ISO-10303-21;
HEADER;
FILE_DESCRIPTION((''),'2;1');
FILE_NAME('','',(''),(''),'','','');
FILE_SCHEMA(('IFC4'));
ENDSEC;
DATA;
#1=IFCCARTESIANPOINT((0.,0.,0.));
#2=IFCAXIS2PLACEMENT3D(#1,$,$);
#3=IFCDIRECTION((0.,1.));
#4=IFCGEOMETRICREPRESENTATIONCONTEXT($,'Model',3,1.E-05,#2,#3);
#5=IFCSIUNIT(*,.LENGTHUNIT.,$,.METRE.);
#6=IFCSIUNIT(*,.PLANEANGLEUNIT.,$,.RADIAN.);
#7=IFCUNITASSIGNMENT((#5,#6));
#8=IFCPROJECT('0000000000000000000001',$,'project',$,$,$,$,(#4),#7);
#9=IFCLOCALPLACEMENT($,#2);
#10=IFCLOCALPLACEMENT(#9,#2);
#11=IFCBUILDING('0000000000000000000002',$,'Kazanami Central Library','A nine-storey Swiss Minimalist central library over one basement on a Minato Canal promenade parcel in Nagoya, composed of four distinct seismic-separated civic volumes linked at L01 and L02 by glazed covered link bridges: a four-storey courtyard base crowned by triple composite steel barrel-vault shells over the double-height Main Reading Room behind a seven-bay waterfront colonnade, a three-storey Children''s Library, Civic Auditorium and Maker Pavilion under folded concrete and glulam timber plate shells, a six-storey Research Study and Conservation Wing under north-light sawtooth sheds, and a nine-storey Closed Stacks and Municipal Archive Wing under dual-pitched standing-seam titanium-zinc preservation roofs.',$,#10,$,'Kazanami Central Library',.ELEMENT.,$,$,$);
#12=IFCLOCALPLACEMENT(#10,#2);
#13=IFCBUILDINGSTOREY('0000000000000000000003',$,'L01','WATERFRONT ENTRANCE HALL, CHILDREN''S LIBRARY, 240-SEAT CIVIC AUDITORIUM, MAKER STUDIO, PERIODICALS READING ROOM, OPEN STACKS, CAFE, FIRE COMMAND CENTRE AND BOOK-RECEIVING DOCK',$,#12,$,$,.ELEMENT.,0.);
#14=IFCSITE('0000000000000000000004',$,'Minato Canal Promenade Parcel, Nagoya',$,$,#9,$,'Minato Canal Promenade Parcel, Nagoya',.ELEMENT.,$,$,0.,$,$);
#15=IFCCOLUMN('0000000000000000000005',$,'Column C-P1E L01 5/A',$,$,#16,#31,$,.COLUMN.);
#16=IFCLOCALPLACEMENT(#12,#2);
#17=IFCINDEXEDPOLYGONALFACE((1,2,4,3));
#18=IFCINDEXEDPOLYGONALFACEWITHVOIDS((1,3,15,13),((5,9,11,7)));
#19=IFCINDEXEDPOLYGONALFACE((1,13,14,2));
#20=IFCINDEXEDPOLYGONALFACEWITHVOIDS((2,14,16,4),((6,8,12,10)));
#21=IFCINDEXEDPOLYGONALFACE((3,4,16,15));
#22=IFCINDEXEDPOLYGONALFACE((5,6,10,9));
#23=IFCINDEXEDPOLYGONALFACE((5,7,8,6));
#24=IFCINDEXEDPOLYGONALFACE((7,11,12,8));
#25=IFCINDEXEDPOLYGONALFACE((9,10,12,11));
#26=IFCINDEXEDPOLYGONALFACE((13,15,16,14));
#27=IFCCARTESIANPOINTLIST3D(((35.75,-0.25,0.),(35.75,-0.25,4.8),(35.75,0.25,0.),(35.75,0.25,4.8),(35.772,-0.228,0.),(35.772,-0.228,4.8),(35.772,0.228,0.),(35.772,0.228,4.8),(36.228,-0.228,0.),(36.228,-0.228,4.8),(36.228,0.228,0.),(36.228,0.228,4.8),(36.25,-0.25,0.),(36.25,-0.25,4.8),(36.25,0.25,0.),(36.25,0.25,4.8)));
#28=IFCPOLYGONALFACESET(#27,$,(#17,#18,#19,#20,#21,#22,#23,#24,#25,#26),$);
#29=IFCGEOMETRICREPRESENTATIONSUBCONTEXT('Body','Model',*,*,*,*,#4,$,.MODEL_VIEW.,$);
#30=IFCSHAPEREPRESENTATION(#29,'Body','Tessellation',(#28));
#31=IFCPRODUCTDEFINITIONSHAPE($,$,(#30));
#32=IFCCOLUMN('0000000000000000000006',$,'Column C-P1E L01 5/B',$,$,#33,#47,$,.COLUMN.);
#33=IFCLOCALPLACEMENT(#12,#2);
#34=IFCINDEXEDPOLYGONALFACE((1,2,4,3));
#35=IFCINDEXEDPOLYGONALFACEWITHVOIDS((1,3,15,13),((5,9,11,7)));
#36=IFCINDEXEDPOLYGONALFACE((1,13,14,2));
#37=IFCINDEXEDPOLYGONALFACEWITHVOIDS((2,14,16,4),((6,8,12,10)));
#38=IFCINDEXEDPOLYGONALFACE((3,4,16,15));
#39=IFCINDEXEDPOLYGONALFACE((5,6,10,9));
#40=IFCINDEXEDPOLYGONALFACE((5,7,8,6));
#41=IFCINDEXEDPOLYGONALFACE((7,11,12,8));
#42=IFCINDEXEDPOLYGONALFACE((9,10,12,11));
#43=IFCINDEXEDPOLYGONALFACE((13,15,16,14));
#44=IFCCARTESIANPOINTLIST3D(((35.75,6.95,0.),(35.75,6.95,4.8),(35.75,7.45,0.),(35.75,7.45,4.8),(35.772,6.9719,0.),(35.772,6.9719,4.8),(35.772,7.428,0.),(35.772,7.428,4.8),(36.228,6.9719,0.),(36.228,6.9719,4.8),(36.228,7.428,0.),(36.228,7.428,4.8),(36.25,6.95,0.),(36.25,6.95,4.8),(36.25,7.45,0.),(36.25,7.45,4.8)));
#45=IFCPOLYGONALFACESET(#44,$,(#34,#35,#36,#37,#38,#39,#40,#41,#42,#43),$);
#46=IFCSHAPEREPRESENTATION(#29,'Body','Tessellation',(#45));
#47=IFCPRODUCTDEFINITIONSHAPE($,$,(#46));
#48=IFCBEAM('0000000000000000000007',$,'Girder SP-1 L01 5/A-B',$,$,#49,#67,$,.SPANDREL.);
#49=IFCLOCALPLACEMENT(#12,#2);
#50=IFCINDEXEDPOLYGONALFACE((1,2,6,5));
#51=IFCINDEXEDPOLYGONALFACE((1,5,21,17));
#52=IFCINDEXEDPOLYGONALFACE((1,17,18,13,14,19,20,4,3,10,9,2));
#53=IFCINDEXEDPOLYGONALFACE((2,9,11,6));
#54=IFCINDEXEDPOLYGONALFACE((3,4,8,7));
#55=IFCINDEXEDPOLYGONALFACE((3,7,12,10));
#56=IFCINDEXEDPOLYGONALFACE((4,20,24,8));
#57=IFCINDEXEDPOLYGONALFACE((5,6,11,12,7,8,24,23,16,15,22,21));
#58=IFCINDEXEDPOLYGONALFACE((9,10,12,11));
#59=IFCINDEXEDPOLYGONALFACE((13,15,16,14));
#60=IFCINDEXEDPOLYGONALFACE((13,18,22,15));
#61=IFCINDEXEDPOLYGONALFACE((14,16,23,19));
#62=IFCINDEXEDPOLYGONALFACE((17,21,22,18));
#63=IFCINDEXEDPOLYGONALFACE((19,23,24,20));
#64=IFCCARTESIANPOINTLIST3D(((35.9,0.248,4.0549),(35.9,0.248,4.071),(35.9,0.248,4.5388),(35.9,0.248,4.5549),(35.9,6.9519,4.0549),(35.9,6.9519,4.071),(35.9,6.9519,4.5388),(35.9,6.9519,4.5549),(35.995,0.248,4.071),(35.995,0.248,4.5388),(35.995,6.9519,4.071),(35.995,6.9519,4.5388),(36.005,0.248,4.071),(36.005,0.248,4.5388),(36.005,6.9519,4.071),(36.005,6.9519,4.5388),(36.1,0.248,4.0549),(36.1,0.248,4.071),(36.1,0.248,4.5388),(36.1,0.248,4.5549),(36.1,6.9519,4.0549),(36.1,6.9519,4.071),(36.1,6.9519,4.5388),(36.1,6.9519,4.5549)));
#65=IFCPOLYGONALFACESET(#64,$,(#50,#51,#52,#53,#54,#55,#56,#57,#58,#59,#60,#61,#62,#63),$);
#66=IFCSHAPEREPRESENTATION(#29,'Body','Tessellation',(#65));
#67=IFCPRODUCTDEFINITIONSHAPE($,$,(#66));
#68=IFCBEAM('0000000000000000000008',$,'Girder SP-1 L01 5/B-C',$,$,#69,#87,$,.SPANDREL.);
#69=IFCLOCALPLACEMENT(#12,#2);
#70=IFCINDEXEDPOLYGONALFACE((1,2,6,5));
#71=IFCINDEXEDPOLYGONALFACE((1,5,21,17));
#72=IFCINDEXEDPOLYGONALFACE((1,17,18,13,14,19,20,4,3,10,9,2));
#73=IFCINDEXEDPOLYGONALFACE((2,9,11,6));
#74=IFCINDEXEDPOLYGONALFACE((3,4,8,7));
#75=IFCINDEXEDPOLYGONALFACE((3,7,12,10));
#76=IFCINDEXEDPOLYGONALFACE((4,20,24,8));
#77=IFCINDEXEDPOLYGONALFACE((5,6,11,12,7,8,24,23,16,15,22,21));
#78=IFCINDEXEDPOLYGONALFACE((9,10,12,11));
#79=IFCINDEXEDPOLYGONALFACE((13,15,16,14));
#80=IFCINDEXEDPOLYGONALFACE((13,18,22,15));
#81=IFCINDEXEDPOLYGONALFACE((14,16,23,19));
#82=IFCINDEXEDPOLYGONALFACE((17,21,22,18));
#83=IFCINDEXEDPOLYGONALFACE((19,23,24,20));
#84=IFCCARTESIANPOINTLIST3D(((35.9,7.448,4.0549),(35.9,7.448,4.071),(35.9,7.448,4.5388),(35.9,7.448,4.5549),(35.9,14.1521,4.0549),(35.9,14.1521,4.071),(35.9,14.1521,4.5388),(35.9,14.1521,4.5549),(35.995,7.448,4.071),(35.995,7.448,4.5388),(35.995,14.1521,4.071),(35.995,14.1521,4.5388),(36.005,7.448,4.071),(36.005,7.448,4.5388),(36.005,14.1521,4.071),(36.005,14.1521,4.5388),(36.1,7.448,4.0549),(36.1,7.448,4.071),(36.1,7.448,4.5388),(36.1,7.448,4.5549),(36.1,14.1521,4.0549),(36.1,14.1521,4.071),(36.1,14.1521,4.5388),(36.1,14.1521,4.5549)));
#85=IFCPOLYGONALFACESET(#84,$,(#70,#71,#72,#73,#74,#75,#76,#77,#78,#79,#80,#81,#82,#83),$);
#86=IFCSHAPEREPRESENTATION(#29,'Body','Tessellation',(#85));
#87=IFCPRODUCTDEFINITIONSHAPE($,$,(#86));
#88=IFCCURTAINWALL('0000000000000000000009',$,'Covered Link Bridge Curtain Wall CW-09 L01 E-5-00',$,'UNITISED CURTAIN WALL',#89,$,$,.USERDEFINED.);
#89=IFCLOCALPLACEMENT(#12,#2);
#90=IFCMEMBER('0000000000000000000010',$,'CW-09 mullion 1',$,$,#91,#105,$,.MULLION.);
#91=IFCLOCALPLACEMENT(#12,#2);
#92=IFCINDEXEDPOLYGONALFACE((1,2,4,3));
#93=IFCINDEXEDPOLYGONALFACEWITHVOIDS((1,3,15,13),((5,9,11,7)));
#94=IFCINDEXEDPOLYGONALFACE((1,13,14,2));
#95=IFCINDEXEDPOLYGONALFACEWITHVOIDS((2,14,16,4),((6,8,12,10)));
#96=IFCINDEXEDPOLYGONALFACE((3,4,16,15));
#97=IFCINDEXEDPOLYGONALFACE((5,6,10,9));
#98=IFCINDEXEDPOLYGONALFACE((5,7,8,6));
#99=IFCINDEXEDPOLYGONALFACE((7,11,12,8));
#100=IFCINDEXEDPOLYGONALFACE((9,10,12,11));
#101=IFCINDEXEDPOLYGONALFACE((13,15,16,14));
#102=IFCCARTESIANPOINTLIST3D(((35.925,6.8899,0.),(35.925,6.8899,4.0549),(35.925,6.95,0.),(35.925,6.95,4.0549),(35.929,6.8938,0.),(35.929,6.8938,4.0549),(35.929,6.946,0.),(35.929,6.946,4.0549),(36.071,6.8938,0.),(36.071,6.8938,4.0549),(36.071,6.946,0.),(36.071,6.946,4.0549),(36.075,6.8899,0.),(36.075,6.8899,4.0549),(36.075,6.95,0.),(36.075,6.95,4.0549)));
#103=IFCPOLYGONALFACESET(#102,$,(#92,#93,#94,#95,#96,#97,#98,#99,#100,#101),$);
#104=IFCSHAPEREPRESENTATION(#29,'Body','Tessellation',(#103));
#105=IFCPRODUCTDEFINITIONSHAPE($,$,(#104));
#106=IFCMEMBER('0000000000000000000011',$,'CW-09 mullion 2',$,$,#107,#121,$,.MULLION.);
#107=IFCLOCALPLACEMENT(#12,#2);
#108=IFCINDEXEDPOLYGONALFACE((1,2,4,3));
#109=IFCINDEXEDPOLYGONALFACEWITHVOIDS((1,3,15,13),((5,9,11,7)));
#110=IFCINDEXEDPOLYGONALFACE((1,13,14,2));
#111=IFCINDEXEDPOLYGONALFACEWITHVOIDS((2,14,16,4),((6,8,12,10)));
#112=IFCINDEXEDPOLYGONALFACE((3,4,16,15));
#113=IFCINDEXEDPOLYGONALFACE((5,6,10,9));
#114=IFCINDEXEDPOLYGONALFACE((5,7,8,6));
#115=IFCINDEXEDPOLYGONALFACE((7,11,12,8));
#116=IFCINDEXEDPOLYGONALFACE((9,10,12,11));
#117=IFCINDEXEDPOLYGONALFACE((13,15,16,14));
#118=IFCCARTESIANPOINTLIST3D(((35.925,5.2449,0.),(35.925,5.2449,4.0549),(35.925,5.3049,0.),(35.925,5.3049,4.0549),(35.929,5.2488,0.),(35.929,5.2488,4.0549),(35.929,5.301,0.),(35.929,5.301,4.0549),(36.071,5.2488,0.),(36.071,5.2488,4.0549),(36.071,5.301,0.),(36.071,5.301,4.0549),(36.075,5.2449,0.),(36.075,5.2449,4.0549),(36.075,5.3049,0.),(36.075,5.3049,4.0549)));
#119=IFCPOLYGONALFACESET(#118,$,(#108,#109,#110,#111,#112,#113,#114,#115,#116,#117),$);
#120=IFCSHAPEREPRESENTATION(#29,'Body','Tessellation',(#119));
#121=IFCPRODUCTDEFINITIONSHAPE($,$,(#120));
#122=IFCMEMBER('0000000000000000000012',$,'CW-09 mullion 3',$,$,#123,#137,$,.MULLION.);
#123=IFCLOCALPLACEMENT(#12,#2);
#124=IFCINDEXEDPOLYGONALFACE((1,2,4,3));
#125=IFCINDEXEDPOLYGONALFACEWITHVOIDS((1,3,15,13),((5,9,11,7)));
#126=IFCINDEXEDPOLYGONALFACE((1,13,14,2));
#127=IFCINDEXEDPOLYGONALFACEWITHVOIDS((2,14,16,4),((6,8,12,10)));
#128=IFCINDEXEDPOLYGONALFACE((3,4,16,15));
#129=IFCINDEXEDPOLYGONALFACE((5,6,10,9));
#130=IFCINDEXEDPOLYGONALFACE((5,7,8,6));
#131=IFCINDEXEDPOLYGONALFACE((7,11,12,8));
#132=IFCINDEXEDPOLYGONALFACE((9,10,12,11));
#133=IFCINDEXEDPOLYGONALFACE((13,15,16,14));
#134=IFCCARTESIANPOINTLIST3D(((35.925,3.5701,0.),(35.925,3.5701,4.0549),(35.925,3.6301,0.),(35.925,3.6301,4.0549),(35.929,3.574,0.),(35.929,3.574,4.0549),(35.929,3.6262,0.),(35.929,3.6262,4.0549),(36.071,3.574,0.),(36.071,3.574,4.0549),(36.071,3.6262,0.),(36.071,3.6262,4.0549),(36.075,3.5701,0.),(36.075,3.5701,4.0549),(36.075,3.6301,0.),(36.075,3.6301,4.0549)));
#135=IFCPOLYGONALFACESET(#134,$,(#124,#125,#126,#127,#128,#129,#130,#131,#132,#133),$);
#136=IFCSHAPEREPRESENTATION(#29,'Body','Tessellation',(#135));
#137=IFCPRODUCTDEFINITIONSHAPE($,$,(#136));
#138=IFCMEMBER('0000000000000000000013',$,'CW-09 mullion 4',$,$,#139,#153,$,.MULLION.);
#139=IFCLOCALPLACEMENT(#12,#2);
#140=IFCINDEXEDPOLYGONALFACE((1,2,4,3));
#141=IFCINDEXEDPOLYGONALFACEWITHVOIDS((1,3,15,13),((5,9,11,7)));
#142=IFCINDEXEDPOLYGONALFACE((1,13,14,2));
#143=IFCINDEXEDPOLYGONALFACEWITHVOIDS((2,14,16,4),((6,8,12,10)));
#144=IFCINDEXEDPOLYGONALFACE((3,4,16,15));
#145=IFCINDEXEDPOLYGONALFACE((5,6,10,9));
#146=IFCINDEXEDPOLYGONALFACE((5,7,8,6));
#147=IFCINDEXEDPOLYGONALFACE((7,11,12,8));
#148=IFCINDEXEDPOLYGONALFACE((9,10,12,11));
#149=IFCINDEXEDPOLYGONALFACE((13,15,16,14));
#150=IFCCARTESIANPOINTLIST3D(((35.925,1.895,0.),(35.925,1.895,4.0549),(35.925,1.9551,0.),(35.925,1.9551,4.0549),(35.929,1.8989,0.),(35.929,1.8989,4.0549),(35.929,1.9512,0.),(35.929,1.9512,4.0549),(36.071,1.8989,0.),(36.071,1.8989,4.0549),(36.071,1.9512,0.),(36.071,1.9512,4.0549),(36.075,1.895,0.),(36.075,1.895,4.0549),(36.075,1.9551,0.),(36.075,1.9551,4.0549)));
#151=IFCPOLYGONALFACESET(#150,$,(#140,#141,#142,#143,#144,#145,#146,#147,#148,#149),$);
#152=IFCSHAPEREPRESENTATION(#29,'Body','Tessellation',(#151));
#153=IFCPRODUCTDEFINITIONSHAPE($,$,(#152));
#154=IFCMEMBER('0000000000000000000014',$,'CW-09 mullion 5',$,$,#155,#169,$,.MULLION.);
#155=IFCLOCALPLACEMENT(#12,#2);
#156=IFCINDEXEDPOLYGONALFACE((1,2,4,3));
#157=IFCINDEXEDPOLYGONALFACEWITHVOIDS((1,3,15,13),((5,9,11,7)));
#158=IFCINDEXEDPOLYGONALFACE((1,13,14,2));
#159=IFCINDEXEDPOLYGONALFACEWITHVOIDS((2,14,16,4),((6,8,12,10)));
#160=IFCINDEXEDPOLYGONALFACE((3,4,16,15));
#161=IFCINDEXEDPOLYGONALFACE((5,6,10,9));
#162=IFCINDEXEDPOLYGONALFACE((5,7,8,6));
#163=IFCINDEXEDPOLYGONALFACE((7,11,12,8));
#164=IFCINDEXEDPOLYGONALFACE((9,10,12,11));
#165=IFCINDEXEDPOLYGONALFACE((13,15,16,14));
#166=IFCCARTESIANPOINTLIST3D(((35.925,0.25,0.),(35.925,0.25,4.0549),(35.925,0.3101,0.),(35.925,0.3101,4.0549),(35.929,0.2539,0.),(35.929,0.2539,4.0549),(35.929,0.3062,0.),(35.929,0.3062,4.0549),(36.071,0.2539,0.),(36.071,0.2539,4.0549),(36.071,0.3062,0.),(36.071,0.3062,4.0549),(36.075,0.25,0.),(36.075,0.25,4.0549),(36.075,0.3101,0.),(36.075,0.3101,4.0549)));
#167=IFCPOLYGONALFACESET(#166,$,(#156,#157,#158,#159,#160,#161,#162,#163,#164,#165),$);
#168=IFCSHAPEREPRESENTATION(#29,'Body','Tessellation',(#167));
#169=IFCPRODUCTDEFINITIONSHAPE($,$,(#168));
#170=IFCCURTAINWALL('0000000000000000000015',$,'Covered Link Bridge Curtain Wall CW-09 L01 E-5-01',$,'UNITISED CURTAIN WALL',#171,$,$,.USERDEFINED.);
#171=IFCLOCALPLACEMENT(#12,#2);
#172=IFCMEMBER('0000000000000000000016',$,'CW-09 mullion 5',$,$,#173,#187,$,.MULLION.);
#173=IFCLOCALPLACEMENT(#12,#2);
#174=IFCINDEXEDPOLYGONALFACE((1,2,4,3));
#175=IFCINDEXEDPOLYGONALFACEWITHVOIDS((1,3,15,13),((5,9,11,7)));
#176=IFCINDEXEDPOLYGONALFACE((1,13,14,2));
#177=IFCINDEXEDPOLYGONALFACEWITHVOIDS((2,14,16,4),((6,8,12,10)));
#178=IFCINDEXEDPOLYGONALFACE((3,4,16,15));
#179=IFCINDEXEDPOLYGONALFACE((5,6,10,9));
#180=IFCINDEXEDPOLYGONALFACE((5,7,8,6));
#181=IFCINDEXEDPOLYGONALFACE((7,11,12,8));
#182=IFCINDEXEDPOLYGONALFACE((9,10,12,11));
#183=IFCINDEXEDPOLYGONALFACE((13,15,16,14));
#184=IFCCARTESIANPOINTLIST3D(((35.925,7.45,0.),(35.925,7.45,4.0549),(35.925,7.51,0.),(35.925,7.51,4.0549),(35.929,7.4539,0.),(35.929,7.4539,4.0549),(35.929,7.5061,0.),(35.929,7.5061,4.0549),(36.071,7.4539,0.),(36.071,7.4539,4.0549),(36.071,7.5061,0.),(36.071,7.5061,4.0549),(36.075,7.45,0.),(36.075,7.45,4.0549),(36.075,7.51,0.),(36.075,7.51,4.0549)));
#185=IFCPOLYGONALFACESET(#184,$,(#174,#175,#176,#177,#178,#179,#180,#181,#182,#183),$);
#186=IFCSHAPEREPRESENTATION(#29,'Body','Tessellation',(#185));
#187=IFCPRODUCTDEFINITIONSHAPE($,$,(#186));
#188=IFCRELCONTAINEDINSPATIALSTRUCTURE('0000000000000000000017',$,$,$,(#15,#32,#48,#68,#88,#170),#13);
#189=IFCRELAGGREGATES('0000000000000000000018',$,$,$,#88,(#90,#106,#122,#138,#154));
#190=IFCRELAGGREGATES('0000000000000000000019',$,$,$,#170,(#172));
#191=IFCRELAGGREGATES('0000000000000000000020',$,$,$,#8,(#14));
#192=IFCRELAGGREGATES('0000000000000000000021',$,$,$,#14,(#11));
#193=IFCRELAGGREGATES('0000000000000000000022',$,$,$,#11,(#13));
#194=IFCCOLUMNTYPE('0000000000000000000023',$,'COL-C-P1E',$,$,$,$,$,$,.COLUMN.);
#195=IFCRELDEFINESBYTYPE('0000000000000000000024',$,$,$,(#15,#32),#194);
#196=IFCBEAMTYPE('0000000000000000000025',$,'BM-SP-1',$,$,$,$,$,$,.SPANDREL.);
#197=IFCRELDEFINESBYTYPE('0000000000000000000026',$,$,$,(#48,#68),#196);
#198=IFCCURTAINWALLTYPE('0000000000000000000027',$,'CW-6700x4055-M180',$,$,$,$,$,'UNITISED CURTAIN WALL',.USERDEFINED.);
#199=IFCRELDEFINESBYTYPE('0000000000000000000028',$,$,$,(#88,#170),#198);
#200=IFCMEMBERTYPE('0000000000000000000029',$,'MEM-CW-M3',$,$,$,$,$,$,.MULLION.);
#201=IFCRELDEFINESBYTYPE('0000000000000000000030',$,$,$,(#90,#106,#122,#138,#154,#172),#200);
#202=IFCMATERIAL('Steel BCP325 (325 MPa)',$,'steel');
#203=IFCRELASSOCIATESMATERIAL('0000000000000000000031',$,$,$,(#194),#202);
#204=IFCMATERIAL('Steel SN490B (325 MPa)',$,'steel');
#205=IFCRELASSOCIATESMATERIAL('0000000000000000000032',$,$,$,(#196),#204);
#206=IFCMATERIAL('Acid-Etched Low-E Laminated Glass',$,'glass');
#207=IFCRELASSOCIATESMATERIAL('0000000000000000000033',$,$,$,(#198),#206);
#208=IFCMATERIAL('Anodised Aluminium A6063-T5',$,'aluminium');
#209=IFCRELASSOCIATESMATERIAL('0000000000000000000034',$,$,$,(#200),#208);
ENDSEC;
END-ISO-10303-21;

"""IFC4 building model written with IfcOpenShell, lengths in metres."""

from ifc_helpers import new_model, si_unit, direction, frame, origin, origin_2d, place, context, subcontext, project, spatial, hollow_rectangle, i_section, extrude, material, material_profile, profile_set, type_object, element, aggregate, save


model = new_model("IFC4")

# Units and contexts
model_context = context("Model", 3, precision=1e-05, world=origin(), true_north=direction((0.0, 1.0)))
body_context = subcontext(model_context, "Body", "Model", "MODEL_VIEW")
ifc_project = project(units=[si_unit("LENGTHUNIT", "METRE"), si_unit("PLANEANGLEUNIT", "RADIAN")], contexts=[model_context])

# Site, building, storey
site_placement = place(None, origin())
site = spatial("IfcSite", under=ifc_project, at=site_placement, Name="Minato Canal Promenade Parcel, Nagoya", LongName="Minato Canal Promenade Parcel, Nagoya", CompositionType="ELEMENT", RefElevation=0.0)
building_placement = place(site_placement, origin())
building = spatial("IfcBuilding", under=site, at=building_placement, Name="Kazanami Central Library", Description="A nine-storey Swiss Minimalist central library over one basement on a Minato Canal promenade parcel in Nagoya, composed of four distinct seismic-separated civic volumes linked at L01 and L02 by glazed covered link bridges: a four-storey courtyard base crowned by triple composite steel barrel-vault shells over the double-height Main Reading Room behind a seven-bay waterfront colonnade, a three-storey Children's Library, Civic Auditorium and Maker Pavilion under folded concrete and glulam timber plate shells, a six-storey Research Study and Conservation Wing under north-light sawtooth sheds, and a nine-storey Closed Stacks and Municipal Archive Wing under dual-pitched standing-seam titanium-zinc preservation roofs.", LongName="Kazanami Central Library", CompositionType="ELEMENT")
storey_placement = place(building_placement, origin())
storey = spatial("IfcBuildingStorey", under=building, at=storey_placement, Name="L01", Description="WATERFRONT ENTRANCE HALL, CHILDREN'S LIBRARY, 240-SEAT CIVIC AUDITORIUM, MAKER STUDIO, PERIODICALS READING ROOM, OPEN STACKS, CAFE, FIRE COMMAND CENTRE AND BOOK-RECEIVING DOCK", CompositionType="ELEMENT", Elevation=0.0)

# Columns
ifc_material_1 = material(Name="Steel BCP325 (325 MPa)", Category="steel")
ifc_material_profile_1 = material_profile(ifc_material_1, hollow_rectangle(XDim=0.5, YDim=0.5, WallThickness=0.022, at=origin_2d()), Name="BCP-500x500x22")
ifc_profile_set_1 = profile_set([ifc_material_profile_1], Name="Steel BCP325 (325 MPa)")
column_type = type_object("IfcColumnType", Name="COL-C-P1E", PredefinedType="COLUMN", material=ifc_profile_set_1)
for number, where, z_axis, x_axis, name in (
    (1, (36.0, 0.0, 0.0), (0.0, 0.0, 1.0), (1.0, 0.0, 0.0), "Column C-P1E L01 5/A"),
    (2, (36.0, 7.2, 0.0), (0.0, 0.0, 1.0), (1.0, 0.0, 0.0), "Column C-P1E L01 5/B"),
):
    element("IfcColumn", number, at=place(storey_placement, frame(where, z_axis=z_axis, x_axis=x_axis)), inside=storey, type_object=column_type, Name=name, PredefinedType="COLUMN", context=body_context, shape_type="SweptSolid", body=[
        extrude(hollow_rectangle(XDim=0.5, YDim=0.5, WallThickness=0.022, at=origin_2d()), origin(), (0.0, 0.0, 1.0), 4.8),
    ])

# Beams
ifc_material_2 = material(Name="Steel SN490B (325 MPa)", Category="steel")
ifc_material_profile_2 = material_profile(ifc_material_2, i_section(OverallWidth=0.2, OverallDepth=0.5, WebThickness=0.01, FlangeThickness=0.0161, at=origin_2d()), Name="H-500x200x10x16")
ifc_profile_set_2 = profile_set([ifc_material_profile_2], Name="Steel SN490B (325 MPa)")
beam_type = type_object("IfcBeamType", Name="BM-SP-1", PredefinedType="SPANDREL", material=ifc_profile_set_2)
beam_1_placement = place(storey_placement, frame((36.0, 0.248, 4.3049), z_axis=(0.0, 1.0, 0.0), x_axis=(-1.0, 0.0, 0.0)))
element("IfcBeam", 3, at=beam_1_placement, inside=storey, type_object=beam_type, Name="Girder SP-1 L01 5/A-B", PredefinedType="SPANDREL", context=body_context, shape_type="SweptSolid", body=[
    extrude(i_section(OverallWidth=0.2, OverallDepth=0.5, WebThickness=0.01, FlangeThickness=0.0161, at=origin_2d()), origin(), (0.0, 0.0, 1.0), 6.7039),
])
beam_2_placement = place(storey_placement, frame((36.0, 7.448, 4.3049), z_axis=(0.0, 1.0, 0.0), x_axis=(-1.0, 0.0, 0.0)))
element("IfcBeam", 4, at=beam_2_placement, inside=storey, type_object=beam_type, Name="Girder SP-1 L01 5/B-C", PredefinedType="SPANDREL", context=body_context, shape_type="SweptSolid", body=[
    extrude(i_section(OverallWidth=0.2, OverallDepth=0.5, WebThickness=0.01, FlangeThickness=0.0161, at=origin_2d()), origin(), (0.0, 0.0, 1.0), 6.7041),
])

# Curtain wall, members
ifc_material_3 = material(Name="Acid-Etched Low-E Laminated Glass", Category="glass")
curtain_wall_type = type_object("IfcCurtainWallType", Name="CW-6700x4055-M180", ElementType="UNITISED CURTAIN WALL", PredefinedType="USERDEFINED", material=ifc_material_3)
curtain_wall_1_placement = place(storey_placement, origin())
curtain_wall_1 = element("IfcCurtainWall", 5, at=curtain_wall_1_placement, inside=storey, type_object=curtain_wall_type, Name="Covered Link Bridge Curtain Wall CW-09 L01 E-5-00", ObjectType="UNITISED CURTAIN WALL", PredefinedType="USERDEFINED")
ifc_material_4 = material(Name="Anodised Aluminium A6063-T5", Category="aluminium")
ifc_material_profile_3 = material_profile(ifc_material_4, hollow_rectangle(XDim=0.0601, YDim=0.1499, WallThickness=0.0039, at=origin_2d()), Name="ALU-MULL-60x150x4")
ifc_profile_set_3 = profile_set([ifc_material_profile_3], Name="Anodised Aluminium A6063-T5")
member_type_1 = type_object("IfcMemberType", Name="MEM-CW-M3", PredefinedType="MULLION", material=ifc_profile_set_3)
member_1_placement = place(storey_placement, frame((36.0, 6.9199, 0.0), z_axis=(0.0, 0.0, 1.0), x_axis=(0.0, -1.0, 0.0)))
member_1 = element("IfcMember", 6, at=member_1_placement, type_object=member_type_1, Name="CW-09 mullion 1", PredefinedType="MULLION", context=body_context, shape_type="SweptSolid", body=[
    extrude(hollow_rectangle(XDim=0.0601, YDim=0.1499, WallThickness=0.0039, at=origin_2d()), origin(), (0.0, 0.0, 1.0), 4.0549),
])
member_2_placement = place(storey_placement, frame((36.0, 5.2749, 0.0), z_axis=(0.0, 0.0, 1.0), x_axis=(0.0, -1.0, 0.0)))
member_2 = element("IfcMember", 7, at=member_2_placement, type_object=member_type_1, Name="CW-09 mullion 2", PredefinedType="MULLION", context=body_context, shape_type="SweptSolid", body=[
    extrude(hollow_rectangle(XDim=0.0601, YDim=0.1499, WallThickness=0.0039, at=origin_2d()), origin(), (0.0, 0.0, 1.0), 4.0549),
])
member_3_placement = place(storey_placement, frame((36.0, 3.6001, 0.0), z_axis=(0.0, 0.0, 1.0), x_axis=(0.0, -1.0, 0.0)))
member_3 = element("IfcMember", 8, at=member_3_placement, type_object=member_type_1, Name="CW-09 mullion 3", PredefinedType="MULLION", context=body_context, shape_type="SweptSolid", body=[
    extrude(hollow_rectangle(XDim=0.0601, YDim=0.1499, WallThickness=0.0039, at=origin_2d()), origin(), (0.0, 0.0, 1.0), 4.0549),
])
member_4_placement = place(storey_placement, frame((36.0, 1.925, 0.0), z_axis=(0.0, 0.0, 1.0), x_axis=(0.0, -1.0, 0.0)))
member_4 = element("IfcMember", 9, at=member_4_placement, type_object=member_type_1, Name="CW-09 mullion 4", PredefinedType="MULLION", context=body_context, shape_type="SweptSolid", body=[
    extrude(hollow_rectangle(XDim=0.0601, YDim=0.1499, WallThickness=0.0039, at=origin_2d()), origin(), (0.0, 0.0, 1.0), 4.0549),
])
member_5_placement = place(storey_placement, frame((36.0, 0.28, 0.0), z_axis=(0.0, 0.0, 1.0), x_axis=(0.0, -1.0, 0.0)))
member_5 = element("IfcMember", 10, at=member_5_placement, type_object=member_type_1, Name="CW-09 mullion 5", PredefinedType="MULLION", context=body_context, shape_type="SweptSolid", body=[
    extrude(hollow_rectangle(XDim=0.0601, YDim=0.1499, WallThickness=0.0039, at=origin_2d()), origin(), (0.0, 0.0, 1.0), 4.0549),
])

# Curtain wall, member
curtain_wall_2_placement = place(storey_placement, origin())
curtain_wall_2 = element("IfcCurtainWall", 11, at=curtain_wall_2_placement, inside=storey, type_object=curtain_wall_type, Name="Covered Link Bridge Curtain Wall CW-09 L01 E-5-01", ObjectType="UNITISED CURTAIN WALL", PredefinedType="USERDEFINED")
member_6_placement = place(storey_placement, frame((36.0, 7.48, 0.0), z_axis=(0.0, 0.0, 1.0), x_axis=(0.0, -1.0, 0.0)))
member_6 = element("IfcMember", 12, at=member_6_placement, type_object=member_type_1, Name="CW-09 mullion 5", PredefinedType="MULLION", context=body_context, shape_type="SweptSolid", body=[
    extrude(hollow_rectangle(XDim=0.0601, YDim=0.1499, WallThickness=0.0039, at=origin_2d()), origin(), (0.0, 0.0, 1.0), 4.0549),
])

aggregate(curtain_wall_1, [member_1, member_2, member_3, member_4, member_5])
aggregate(curtain_wall_2, [member_6])

save(model, "model.ifc")
